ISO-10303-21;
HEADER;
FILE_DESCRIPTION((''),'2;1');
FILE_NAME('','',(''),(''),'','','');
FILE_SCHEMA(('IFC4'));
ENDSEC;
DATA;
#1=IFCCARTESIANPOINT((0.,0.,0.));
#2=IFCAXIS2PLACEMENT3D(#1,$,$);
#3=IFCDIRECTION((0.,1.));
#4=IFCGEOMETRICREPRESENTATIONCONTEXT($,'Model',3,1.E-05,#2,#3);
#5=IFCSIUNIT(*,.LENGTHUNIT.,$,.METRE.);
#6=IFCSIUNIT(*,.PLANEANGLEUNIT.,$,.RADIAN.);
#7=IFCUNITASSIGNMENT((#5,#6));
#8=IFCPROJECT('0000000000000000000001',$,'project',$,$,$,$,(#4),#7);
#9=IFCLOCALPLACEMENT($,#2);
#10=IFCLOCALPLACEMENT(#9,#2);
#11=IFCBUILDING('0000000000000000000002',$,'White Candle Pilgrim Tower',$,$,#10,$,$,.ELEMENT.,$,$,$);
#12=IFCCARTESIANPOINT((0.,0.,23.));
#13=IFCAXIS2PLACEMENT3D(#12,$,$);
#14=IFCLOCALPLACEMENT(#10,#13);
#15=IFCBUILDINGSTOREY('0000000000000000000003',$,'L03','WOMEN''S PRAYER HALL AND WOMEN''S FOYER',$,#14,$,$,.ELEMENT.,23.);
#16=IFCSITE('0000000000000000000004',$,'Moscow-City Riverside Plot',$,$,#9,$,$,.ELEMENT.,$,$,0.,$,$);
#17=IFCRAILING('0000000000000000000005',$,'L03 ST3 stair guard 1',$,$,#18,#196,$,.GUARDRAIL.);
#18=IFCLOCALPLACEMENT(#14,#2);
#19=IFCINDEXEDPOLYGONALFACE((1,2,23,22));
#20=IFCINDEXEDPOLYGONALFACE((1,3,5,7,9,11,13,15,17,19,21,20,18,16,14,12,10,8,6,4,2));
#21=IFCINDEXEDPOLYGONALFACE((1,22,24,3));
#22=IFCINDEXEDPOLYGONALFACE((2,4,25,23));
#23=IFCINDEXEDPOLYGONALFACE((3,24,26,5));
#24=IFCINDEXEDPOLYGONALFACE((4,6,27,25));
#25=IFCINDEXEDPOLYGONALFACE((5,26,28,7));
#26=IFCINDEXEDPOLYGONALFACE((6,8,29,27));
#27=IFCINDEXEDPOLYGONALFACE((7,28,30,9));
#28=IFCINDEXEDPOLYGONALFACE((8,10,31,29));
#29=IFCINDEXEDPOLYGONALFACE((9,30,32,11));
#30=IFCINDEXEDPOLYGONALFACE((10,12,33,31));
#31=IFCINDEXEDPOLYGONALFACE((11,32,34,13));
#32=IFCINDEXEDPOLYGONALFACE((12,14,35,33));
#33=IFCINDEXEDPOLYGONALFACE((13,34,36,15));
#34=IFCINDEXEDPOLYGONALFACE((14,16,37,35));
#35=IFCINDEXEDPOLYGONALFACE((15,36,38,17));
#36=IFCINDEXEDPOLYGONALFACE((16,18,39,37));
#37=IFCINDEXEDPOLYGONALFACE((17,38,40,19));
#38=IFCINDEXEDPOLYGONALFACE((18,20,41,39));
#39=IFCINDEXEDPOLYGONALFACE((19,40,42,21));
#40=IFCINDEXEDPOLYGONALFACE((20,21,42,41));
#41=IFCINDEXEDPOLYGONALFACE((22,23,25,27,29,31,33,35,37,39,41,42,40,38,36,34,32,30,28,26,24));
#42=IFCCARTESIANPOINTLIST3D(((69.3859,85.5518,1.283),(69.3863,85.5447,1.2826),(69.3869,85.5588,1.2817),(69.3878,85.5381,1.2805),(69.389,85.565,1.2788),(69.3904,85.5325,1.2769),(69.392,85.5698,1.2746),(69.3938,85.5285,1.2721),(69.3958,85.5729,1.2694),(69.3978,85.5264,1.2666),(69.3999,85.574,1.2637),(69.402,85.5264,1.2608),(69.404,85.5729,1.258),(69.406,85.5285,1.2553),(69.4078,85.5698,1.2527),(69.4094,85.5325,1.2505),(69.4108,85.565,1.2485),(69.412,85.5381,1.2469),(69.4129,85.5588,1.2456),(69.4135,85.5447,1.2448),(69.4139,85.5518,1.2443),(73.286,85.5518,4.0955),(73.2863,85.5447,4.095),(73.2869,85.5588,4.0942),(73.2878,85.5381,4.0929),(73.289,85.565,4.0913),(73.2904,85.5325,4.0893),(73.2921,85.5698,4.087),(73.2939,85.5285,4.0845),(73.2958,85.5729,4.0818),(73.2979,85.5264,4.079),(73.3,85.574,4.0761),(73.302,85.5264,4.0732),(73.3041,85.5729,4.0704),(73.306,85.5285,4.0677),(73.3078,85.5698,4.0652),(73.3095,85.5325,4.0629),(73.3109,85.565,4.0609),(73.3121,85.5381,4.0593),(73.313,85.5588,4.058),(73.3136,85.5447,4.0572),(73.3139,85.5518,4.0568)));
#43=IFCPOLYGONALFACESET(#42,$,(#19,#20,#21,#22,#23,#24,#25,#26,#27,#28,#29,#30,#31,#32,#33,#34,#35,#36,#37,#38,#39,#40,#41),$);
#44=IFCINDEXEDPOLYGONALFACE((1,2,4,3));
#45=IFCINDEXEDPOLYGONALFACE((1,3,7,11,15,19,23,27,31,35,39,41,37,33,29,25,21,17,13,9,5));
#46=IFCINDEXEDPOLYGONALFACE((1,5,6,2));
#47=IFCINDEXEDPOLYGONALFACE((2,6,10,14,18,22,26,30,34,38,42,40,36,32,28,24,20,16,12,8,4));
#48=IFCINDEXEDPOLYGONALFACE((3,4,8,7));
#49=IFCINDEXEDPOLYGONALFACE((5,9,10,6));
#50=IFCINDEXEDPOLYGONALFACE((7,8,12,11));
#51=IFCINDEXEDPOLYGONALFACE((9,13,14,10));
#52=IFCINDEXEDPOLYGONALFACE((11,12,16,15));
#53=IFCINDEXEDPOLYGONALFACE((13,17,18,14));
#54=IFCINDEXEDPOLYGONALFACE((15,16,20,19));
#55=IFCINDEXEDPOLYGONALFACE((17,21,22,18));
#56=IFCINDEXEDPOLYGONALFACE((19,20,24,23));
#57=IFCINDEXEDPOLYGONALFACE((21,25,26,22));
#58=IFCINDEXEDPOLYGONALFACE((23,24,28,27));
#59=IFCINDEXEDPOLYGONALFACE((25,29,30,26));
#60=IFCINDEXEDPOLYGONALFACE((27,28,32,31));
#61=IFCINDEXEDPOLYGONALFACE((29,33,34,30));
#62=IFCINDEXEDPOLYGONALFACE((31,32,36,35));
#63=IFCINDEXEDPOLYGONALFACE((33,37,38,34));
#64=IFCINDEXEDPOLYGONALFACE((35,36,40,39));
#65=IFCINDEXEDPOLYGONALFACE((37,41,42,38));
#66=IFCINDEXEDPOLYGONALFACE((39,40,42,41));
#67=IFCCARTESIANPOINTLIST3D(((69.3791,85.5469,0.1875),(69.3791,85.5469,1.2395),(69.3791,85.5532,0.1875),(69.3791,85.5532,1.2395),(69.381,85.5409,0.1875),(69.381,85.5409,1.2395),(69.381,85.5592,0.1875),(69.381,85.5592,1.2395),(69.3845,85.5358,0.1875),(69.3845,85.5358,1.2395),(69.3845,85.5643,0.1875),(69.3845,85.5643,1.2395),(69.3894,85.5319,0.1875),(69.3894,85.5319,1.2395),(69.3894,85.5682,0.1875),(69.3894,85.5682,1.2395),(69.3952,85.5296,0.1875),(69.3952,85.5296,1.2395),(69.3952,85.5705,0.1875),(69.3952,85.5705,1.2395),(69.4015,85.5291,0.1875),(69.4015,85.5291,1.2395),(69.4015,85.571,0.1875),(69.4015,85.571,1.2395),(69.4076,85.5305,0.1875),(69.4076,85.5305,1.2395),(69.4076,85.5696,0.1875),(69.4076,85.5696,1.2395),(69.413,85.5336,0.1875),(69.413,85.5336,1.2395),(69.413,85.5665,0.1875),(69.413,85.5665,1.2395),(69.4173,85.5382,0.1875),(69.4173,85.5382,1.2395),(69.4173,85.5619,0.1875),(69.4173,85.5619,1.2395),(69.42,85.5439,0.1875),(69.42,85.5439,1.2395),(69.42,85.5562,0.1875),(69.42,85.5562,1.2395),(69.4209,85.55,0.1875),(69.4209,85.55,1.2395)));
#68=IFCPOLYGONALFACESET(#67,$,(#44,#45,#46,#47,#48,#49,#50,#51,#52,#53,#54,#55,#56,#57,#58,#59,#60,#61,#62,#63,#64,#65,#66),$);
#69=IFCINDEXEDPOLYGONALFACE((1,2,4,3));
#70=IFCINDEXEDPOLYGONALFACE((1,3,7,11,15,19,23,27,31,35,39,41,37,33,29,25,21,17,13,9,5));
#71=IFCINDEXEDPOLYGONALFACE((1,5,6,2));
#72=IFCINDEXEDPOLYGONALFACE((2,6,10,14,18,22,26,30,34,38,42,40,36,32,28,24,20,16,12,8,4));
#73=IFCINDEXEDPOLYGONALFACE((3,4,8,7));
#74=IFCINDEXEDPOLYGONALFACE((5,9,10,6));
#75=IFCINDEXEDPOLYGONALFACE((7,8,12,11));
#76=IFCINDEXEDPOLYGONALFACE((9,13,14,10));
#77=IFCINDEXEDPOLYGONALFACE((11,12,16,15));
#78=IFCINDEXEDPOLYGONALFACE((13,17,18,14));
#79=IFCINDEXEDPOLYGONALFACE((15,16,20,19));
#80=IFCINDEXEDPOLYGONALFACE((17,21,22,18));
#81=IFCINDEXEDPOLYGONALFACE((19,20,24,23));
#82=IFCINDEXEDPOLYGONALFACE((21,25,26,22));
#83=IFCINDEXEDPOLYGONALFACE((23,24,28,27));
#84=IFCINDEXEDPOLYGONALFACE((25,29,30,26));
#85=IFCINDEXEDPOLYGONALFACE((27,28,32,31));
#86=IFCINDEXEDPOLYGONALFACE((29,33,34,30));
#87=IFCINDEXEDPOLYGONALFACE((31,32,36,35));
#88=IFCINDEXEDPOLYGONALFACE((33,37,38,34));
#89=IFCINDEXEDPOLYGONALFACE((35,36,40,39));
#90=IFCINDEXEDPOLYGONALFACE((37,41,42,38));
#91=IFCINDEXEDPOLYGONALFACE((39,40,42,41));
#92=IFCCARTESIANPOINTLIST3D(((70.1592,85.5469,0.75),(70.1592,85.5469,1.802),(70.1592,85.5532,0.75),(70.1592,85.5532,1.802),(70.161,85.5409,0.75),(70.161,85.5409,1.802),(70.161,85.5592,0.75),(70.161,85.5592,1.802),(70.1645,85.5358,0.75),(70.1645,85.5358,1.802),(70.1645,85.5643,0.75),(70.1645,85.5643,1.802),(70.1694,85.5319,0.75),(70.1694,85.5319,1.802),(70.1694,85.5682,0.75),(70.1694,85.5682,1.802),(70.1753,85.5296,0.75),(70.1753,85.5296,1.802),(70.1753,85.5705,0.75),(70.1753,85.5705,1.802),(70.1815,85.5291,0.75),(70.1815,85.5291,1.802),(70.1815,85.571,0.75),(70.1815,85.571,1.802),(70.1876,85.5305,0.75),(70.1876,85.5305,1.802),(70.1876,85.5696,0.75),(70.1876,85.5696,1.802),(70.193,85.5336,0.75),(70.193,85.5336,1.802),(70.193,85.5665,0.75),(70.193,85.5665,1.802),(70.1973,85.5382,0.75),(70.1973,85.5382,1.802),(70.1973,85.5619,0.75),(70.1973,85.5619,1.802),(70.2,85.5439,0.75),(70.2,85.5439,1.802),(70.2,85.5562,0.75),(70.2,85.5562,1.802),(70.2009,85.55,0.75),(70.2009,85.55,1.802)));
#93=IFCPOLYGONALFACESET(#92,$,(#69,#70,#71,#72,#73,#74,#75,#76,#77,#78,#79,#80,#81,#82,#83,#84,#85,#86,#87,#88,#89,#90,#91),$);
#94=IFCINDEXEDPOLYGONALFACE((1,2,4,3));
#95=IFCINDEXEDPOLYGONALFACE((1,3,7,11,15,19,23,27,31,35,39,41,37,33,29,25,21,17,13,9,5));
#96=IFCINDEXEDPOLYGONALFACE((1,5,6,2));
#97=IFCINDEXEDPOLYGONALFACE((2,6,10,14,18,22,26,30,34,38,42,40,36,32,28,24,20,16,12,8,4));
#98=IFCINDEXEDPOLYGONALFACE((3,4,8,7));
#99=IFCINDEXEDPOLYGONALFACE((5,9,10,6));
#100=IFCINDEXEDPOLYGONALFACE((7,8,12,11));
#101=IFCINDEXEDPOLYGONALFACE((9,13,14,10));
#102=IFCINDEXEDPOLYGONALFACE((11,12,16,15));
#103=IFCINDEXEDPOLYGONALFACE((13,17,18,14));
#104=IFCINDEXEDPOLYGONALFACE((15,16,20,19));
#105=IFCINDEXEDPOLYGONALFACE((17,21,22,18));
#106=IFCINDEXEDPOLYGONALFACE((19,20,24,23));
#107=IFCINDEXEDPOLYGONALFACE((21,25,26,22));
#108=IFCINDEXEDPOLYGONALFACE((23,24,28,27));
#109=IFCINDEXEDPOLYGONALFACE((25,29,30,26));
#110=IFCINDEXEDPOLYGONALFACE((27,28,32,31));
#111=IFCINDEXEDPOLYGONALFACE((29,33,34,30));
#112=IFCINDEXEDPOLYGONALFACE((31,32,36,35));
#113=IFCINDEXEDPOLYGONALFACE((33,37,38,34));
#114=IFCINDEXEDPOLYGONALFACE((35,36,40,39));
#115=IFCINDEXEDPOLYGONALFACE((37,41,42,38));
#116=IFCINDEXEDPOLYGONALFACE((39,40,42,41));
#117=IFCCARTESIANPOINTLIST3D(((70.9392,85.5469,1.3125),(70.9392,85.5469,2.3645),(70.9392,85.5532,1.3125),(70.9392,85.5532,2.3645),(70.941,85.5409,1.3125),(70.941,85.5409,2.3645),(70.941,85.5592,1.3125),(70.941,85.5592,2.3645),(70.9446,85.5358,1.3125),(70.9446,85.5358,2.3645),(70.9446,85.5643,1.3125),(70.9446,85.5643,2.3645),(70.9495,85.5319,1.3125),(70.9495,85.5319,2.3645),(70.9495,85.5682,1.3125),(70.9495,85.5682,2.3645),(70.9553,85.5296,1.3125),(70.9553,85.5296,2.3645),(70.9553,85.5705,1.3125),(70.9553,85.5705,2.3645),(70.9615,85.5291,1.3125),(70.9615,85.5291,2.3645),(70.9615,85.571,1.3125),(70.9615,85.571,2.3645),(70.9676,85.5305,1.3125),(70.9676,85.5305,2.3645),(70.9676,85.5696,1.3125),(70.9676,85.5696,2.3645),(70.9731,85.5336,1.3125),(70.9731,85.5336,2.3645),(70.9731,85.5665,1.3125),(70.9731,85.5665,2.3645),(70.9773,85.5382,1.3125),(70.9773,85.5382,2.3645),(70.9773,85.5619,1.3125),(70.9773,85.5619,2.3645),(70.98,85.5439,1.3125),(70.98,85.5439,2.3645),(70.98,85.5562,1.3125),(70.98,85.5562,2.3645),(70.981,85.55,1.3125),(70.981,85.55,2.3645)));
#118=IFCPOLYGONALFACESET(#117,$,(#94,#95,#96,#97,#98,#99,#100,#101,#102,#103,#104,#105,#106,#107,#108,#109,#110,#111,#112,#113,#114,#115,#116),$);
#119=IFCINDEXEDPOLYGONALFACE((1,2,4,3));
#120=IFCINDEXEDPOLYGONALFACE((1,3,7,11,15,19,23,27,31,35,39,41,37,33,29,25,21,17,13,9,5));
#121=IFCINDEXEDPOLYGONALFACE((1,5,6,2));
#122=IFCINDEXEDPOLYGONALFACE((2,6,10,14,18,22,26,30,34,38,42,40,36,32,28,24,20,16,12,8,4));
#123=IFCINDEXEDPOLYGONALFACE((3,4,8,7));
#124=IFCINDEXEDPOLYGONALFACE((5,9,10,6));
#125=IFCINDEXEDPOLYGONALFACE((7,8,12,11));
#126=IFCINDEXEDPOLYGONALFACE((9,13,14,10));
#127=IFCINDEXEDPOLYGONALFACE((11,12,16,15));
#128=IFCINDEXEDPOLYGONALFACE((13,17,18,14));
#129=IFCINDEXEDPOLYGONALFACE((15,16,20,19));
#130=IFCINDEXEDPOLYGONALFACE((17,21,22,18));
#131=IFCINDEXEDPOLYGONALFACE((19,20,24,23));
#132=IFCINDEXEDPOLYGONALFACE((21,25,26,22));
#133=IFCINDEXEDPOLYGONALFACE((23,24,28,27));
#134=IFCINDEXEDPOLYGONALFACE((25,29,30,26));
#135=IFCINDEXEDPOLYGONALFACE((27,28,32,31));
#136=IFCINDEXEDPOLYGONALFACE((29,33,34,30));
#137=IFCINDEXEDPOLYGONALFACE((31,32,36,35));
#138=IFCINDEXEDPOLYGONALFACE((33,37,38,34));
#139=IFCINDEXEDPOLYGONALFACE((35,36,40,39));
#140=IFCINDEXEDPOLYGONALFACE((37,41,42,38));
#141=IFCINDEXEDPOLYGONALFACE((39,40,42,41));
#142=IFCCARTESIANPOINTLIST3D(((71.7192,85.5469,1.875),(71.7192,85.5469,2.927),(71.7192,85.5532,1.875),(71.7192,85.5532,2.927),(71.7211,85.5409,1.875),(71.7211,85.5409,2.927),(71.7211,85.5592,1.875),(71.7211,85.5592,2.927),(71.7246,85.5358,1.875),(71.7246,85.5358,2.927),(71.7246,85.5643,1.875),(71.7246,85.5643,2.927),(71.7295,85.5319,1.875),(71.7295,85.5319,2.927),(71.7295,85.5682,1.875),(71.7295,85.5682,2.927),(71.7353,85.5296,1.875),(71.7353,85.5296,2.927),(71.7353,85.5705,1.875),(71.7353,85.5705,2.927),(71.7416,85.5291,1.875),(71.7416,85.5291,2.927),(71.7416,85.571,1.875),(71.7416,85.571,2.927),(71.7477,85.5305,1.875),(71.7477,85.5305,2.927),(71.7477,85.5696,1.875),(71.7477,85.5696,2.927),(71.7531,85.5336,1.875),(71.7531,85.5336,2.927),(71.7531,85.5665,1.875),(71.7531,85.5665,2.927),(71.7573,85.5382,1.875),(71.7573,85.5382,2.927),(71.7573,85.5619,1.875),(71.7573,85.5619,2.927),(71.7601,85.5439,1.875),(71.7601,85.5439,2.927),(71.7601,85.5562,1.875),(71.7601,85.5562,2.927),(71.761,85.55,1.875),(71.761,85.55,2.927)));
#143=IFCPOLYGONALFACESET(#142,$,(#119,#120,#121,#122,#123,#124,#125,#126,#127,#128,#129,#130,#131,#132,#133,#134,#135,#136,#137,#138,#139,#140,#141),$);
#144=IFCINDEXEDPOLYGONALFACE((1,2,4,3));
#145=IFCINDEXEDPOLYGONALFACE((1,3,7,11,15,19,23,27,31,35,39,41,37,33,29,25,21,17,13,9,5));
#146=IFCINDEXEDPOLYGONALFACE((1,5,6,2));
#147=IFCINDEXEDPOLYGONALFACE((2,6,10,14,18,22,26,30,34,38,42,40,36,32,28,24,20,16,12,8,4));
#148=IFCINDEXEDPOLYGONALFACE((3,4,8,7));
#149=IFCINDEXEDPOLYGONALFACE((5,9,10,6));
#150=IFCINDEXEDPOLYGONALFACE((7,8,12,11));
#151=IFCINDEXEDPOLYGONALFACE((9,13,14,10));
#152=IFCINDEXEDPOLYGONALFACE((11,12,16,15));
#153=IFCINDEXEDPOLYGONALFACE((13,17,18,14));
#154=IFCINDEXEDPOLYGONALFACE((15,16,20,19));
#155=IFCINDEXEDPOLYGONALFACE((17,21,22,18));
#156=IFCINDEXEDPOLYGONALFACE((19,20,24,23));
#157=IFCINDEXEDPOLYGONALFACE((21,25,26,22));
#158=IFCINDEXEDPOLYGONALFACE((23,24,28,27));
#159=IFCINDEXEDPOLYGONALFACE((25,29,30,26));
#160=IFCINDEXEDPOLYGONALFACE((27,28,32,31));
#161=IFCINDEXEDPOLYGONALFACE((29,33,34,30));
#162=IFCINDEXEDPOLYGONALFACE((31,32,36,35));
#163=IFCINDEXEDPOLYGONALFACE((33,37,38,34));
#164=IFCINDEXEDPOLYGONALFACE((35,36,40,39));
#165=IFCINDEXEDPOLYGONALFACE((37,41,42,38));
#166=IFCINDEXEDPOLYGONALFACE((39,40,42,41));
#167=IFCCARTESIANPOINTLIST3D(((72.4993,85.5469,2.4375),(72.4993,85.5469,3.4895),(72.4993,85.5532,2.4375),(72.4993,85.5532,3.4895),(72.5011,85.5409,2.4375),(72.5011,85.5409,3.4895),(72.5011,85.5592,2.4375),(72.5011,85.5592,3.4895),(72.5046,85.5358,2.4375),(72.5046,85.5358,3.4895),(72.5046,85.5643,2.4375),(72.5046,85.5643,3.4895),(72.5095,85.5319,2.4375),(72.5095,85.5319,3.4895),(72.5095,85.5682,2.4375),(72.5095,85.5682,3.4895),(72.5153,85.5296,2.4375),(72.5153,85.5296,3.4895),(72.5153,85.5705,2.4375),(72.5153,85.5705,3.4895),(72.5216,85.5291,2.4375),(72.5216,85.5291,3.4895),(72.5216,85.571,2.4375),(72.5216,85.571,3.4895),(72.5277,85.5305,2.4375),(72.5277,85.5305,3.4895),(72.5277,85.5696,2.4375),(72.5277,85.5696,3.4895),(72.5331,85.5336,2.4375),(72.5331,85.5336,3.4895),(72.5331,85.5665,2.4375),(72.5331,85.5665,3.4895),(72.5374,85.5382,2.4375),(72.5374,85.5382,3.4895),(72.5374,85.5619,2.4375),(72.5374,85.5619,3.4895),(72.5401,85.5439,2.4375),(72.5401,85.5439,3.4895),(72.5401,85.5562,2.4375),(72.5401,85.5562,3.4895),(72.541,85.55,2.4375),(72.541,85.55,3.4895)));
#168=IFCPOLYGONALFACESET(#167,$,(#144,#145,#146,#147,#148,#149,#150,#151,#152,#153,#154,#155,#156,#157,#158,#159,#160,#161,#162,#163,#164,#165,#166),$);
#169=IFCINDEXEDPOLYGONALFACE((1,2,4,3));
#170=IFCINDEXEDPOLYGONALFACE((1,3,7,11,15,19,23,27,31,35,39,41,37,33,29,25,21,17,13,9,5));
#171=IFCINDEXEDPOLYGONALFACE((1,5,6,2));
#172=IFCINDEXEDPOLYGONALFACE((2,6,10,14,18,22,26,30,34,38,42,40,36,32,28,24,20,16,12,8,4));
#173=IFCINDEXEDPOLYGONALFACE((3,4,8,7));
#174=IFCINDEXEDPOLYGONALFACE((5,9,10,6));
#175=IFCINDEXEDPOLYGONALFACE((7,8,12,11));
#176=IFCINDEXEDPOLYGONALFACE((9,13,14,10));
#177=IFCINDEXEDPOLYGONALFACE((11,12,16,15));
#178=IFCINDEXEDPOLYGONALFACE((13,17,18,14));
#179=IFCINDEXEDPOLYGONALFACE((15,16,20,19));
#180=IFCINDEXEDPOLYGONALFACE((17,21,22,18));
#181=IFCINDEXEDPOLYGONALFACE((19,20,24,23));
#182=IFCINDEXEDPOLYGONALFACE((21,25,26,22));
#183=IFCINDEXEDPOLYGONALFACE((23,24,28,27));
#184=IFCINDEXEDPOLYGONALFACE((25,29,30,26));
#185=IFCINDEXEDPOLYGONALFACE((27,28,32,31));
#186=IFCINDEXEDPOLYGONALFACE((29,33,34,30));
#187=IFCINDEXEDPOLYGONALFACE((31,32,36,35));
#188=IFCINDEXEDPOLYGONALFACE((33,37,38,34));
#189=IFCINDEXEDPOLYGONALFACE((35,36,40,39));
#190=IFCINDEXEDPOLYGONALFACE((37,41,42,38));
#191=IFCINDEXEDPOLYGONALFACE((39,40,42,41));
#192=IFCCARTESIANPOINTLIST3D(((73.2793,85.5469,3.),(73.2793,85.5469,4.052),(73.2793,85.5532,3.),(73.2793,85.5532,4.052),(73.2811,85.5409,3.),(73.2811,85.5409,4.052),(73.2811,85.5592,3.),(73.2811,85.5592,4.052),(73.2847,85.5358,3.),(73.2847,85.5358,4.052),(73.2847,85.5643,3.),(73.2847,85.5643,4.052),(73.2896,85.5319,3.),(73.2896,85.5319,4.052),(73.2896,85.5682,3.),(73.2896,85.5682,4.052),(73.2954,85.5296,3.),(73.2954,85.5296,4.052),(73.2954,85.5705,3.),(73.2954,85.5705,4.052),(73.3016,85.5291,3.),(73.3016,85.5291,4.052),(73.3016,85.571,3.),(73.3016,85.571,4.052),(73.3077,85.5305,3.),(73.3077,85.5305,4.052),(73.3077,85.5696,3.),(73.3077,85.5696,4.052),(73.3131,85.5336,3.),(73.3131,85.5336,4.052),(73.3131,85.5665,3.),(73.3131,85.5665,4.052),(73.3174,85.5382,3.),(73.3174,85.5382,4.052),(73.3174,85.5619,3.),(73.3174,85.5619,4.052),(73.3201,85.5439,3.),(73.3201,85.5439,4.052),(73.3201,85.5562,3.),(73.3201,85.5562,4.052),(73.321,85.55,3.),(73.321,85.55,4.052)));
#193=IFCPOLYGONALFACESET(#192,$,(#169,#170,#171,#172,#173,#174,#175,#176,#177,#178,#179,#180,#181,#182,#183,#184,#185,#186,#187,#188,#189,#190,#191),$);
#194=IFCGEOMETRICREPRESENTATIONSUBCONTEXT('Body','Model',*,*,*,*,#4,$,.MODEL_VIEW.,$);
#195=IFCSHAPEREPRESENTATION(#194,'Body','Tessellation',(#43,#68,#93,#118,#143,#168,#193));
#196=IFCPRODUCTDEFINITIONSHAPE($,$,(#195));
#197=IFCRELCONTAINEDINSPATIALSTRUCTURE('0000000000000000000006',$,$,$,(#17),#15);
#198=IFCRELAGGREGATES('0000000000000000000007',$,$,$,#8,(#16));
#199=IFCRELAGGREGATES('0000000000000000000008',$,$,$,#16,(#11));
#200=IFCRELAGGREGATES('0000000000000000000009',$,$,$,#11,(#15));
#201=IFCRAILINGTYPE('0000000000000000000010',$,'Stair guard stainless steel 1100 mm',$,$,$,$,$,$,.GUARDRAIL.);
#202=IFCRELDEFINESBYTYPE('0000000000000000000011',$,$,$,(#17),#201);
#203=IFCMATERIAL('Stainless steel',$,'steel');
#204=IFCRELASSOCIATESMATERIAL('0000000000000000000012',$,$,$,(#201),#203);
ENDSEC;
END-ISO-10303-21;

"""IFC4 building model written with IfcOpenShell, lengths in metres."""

from ifc_helpers import new_model, si_unit, direction, frame, origin, origin_2d, place, context, subcontext, project, spatial, circle, extrude, material, type_object, element, save


model = new_model("IFC4")

# Units and contexts
model_context = context("Model", 3, precision=1e-05, world=origin(), true_north=direction((0.0, 1.0)))
body_context = subcontext(model_context, "Body", "Model", "MODEL_VIEW")
ifc_project = project(units=[si_unit("LENGTHUNIT", "METRE"), si_unit("PLANEANGLEUNIT", "RADIAN")], contexts=[model_context])

# Site, building, storey
site_placement = place(None, origin())
site = spatial("IfcSite", under=ifc_project, at=site_placement, Name="Moscow-City Riverside Plot", CompositionType="ELEMENT", RefElevation=0.0)
building_placement = place(site_placement, origin())
building = spatial("IfcBuilding", under=site, at=building_placement, Name="White Candle Pilgrim Tower", CompositionType="ELEMENT")
storey_placement = place(building_placement, frame((0.0, 0.0, 23.0)))
storey = spatial("IfcBuildingStorey", under=building, at=storey_placement, Name="L03", Description="WOMEN'S PRAYER HALL AND WOMEN'S FOYER", CompositionType="ELEMENT", Elevation=23.0)

# Railing
ifc_material_1 = material(Name="Stainless steel", Category="steel")
railing_type_1 = type_object("IfcRailingType", Name="Stair guard stainless steel 1100 mm", PredefinedType="GUARDRAIL", material=ifc_material_1)
railing_1_placement = place(storey_placement, frame((69.3999, 85.55, 0.1875)))
element("IfcRailing", 1, at=railing_1_placement, inside=storey, type_object=railing_type_1, Name="L03 ST3 stair guard 1", PredefinedType="GUARDRAIL", context=body_context, shape_type="SweptSolid", body=[
    extrude(circle(Radius=0.0239, at=origin_2d()), frame((0.0, 0.0, 1.0762), z_axis=(0.811101, 0.0, 0.584906), x_axis=(0.0, 1.0, 0.0)), (0.0, 0.0, 1.0), 4.8083),
    extrude(circle(Radius=0.021, at=origin_2d()), origin(), (0.0, 0.0, 1.0), 1.052),
    extrude(circle(Radius=0.021, at=origin_2d()), frame((0.78, 0.0, 0.5625)), (0.0, 0.0, 1.0), 1.052),
    extrude(circle(Radius=0.021, at=origin_2d()), frame((1.5601, 0.0, 1.125)), (0.0, 0.0, 1.0), 1.052),
    extrude(circle(Radius=0.021, at=origin_2d()), frame((2.3401, 0.0, 1.6875)), (0.0, 0.0, 1.0), 1.052),
    extrude(circle(Radius=0.021, at=origin_2d()), frame((3.1201, 0.0, 2.25)), (0.0, 0.0, 1.0), 1.052),
    extrude(circle(Radius=0.021, at=origin_2d()), frame((3.9001, 0.0, 2.8125)), (0.0, 0.0, 1.0), 1.052),
])

save(model, "model.ifc")
